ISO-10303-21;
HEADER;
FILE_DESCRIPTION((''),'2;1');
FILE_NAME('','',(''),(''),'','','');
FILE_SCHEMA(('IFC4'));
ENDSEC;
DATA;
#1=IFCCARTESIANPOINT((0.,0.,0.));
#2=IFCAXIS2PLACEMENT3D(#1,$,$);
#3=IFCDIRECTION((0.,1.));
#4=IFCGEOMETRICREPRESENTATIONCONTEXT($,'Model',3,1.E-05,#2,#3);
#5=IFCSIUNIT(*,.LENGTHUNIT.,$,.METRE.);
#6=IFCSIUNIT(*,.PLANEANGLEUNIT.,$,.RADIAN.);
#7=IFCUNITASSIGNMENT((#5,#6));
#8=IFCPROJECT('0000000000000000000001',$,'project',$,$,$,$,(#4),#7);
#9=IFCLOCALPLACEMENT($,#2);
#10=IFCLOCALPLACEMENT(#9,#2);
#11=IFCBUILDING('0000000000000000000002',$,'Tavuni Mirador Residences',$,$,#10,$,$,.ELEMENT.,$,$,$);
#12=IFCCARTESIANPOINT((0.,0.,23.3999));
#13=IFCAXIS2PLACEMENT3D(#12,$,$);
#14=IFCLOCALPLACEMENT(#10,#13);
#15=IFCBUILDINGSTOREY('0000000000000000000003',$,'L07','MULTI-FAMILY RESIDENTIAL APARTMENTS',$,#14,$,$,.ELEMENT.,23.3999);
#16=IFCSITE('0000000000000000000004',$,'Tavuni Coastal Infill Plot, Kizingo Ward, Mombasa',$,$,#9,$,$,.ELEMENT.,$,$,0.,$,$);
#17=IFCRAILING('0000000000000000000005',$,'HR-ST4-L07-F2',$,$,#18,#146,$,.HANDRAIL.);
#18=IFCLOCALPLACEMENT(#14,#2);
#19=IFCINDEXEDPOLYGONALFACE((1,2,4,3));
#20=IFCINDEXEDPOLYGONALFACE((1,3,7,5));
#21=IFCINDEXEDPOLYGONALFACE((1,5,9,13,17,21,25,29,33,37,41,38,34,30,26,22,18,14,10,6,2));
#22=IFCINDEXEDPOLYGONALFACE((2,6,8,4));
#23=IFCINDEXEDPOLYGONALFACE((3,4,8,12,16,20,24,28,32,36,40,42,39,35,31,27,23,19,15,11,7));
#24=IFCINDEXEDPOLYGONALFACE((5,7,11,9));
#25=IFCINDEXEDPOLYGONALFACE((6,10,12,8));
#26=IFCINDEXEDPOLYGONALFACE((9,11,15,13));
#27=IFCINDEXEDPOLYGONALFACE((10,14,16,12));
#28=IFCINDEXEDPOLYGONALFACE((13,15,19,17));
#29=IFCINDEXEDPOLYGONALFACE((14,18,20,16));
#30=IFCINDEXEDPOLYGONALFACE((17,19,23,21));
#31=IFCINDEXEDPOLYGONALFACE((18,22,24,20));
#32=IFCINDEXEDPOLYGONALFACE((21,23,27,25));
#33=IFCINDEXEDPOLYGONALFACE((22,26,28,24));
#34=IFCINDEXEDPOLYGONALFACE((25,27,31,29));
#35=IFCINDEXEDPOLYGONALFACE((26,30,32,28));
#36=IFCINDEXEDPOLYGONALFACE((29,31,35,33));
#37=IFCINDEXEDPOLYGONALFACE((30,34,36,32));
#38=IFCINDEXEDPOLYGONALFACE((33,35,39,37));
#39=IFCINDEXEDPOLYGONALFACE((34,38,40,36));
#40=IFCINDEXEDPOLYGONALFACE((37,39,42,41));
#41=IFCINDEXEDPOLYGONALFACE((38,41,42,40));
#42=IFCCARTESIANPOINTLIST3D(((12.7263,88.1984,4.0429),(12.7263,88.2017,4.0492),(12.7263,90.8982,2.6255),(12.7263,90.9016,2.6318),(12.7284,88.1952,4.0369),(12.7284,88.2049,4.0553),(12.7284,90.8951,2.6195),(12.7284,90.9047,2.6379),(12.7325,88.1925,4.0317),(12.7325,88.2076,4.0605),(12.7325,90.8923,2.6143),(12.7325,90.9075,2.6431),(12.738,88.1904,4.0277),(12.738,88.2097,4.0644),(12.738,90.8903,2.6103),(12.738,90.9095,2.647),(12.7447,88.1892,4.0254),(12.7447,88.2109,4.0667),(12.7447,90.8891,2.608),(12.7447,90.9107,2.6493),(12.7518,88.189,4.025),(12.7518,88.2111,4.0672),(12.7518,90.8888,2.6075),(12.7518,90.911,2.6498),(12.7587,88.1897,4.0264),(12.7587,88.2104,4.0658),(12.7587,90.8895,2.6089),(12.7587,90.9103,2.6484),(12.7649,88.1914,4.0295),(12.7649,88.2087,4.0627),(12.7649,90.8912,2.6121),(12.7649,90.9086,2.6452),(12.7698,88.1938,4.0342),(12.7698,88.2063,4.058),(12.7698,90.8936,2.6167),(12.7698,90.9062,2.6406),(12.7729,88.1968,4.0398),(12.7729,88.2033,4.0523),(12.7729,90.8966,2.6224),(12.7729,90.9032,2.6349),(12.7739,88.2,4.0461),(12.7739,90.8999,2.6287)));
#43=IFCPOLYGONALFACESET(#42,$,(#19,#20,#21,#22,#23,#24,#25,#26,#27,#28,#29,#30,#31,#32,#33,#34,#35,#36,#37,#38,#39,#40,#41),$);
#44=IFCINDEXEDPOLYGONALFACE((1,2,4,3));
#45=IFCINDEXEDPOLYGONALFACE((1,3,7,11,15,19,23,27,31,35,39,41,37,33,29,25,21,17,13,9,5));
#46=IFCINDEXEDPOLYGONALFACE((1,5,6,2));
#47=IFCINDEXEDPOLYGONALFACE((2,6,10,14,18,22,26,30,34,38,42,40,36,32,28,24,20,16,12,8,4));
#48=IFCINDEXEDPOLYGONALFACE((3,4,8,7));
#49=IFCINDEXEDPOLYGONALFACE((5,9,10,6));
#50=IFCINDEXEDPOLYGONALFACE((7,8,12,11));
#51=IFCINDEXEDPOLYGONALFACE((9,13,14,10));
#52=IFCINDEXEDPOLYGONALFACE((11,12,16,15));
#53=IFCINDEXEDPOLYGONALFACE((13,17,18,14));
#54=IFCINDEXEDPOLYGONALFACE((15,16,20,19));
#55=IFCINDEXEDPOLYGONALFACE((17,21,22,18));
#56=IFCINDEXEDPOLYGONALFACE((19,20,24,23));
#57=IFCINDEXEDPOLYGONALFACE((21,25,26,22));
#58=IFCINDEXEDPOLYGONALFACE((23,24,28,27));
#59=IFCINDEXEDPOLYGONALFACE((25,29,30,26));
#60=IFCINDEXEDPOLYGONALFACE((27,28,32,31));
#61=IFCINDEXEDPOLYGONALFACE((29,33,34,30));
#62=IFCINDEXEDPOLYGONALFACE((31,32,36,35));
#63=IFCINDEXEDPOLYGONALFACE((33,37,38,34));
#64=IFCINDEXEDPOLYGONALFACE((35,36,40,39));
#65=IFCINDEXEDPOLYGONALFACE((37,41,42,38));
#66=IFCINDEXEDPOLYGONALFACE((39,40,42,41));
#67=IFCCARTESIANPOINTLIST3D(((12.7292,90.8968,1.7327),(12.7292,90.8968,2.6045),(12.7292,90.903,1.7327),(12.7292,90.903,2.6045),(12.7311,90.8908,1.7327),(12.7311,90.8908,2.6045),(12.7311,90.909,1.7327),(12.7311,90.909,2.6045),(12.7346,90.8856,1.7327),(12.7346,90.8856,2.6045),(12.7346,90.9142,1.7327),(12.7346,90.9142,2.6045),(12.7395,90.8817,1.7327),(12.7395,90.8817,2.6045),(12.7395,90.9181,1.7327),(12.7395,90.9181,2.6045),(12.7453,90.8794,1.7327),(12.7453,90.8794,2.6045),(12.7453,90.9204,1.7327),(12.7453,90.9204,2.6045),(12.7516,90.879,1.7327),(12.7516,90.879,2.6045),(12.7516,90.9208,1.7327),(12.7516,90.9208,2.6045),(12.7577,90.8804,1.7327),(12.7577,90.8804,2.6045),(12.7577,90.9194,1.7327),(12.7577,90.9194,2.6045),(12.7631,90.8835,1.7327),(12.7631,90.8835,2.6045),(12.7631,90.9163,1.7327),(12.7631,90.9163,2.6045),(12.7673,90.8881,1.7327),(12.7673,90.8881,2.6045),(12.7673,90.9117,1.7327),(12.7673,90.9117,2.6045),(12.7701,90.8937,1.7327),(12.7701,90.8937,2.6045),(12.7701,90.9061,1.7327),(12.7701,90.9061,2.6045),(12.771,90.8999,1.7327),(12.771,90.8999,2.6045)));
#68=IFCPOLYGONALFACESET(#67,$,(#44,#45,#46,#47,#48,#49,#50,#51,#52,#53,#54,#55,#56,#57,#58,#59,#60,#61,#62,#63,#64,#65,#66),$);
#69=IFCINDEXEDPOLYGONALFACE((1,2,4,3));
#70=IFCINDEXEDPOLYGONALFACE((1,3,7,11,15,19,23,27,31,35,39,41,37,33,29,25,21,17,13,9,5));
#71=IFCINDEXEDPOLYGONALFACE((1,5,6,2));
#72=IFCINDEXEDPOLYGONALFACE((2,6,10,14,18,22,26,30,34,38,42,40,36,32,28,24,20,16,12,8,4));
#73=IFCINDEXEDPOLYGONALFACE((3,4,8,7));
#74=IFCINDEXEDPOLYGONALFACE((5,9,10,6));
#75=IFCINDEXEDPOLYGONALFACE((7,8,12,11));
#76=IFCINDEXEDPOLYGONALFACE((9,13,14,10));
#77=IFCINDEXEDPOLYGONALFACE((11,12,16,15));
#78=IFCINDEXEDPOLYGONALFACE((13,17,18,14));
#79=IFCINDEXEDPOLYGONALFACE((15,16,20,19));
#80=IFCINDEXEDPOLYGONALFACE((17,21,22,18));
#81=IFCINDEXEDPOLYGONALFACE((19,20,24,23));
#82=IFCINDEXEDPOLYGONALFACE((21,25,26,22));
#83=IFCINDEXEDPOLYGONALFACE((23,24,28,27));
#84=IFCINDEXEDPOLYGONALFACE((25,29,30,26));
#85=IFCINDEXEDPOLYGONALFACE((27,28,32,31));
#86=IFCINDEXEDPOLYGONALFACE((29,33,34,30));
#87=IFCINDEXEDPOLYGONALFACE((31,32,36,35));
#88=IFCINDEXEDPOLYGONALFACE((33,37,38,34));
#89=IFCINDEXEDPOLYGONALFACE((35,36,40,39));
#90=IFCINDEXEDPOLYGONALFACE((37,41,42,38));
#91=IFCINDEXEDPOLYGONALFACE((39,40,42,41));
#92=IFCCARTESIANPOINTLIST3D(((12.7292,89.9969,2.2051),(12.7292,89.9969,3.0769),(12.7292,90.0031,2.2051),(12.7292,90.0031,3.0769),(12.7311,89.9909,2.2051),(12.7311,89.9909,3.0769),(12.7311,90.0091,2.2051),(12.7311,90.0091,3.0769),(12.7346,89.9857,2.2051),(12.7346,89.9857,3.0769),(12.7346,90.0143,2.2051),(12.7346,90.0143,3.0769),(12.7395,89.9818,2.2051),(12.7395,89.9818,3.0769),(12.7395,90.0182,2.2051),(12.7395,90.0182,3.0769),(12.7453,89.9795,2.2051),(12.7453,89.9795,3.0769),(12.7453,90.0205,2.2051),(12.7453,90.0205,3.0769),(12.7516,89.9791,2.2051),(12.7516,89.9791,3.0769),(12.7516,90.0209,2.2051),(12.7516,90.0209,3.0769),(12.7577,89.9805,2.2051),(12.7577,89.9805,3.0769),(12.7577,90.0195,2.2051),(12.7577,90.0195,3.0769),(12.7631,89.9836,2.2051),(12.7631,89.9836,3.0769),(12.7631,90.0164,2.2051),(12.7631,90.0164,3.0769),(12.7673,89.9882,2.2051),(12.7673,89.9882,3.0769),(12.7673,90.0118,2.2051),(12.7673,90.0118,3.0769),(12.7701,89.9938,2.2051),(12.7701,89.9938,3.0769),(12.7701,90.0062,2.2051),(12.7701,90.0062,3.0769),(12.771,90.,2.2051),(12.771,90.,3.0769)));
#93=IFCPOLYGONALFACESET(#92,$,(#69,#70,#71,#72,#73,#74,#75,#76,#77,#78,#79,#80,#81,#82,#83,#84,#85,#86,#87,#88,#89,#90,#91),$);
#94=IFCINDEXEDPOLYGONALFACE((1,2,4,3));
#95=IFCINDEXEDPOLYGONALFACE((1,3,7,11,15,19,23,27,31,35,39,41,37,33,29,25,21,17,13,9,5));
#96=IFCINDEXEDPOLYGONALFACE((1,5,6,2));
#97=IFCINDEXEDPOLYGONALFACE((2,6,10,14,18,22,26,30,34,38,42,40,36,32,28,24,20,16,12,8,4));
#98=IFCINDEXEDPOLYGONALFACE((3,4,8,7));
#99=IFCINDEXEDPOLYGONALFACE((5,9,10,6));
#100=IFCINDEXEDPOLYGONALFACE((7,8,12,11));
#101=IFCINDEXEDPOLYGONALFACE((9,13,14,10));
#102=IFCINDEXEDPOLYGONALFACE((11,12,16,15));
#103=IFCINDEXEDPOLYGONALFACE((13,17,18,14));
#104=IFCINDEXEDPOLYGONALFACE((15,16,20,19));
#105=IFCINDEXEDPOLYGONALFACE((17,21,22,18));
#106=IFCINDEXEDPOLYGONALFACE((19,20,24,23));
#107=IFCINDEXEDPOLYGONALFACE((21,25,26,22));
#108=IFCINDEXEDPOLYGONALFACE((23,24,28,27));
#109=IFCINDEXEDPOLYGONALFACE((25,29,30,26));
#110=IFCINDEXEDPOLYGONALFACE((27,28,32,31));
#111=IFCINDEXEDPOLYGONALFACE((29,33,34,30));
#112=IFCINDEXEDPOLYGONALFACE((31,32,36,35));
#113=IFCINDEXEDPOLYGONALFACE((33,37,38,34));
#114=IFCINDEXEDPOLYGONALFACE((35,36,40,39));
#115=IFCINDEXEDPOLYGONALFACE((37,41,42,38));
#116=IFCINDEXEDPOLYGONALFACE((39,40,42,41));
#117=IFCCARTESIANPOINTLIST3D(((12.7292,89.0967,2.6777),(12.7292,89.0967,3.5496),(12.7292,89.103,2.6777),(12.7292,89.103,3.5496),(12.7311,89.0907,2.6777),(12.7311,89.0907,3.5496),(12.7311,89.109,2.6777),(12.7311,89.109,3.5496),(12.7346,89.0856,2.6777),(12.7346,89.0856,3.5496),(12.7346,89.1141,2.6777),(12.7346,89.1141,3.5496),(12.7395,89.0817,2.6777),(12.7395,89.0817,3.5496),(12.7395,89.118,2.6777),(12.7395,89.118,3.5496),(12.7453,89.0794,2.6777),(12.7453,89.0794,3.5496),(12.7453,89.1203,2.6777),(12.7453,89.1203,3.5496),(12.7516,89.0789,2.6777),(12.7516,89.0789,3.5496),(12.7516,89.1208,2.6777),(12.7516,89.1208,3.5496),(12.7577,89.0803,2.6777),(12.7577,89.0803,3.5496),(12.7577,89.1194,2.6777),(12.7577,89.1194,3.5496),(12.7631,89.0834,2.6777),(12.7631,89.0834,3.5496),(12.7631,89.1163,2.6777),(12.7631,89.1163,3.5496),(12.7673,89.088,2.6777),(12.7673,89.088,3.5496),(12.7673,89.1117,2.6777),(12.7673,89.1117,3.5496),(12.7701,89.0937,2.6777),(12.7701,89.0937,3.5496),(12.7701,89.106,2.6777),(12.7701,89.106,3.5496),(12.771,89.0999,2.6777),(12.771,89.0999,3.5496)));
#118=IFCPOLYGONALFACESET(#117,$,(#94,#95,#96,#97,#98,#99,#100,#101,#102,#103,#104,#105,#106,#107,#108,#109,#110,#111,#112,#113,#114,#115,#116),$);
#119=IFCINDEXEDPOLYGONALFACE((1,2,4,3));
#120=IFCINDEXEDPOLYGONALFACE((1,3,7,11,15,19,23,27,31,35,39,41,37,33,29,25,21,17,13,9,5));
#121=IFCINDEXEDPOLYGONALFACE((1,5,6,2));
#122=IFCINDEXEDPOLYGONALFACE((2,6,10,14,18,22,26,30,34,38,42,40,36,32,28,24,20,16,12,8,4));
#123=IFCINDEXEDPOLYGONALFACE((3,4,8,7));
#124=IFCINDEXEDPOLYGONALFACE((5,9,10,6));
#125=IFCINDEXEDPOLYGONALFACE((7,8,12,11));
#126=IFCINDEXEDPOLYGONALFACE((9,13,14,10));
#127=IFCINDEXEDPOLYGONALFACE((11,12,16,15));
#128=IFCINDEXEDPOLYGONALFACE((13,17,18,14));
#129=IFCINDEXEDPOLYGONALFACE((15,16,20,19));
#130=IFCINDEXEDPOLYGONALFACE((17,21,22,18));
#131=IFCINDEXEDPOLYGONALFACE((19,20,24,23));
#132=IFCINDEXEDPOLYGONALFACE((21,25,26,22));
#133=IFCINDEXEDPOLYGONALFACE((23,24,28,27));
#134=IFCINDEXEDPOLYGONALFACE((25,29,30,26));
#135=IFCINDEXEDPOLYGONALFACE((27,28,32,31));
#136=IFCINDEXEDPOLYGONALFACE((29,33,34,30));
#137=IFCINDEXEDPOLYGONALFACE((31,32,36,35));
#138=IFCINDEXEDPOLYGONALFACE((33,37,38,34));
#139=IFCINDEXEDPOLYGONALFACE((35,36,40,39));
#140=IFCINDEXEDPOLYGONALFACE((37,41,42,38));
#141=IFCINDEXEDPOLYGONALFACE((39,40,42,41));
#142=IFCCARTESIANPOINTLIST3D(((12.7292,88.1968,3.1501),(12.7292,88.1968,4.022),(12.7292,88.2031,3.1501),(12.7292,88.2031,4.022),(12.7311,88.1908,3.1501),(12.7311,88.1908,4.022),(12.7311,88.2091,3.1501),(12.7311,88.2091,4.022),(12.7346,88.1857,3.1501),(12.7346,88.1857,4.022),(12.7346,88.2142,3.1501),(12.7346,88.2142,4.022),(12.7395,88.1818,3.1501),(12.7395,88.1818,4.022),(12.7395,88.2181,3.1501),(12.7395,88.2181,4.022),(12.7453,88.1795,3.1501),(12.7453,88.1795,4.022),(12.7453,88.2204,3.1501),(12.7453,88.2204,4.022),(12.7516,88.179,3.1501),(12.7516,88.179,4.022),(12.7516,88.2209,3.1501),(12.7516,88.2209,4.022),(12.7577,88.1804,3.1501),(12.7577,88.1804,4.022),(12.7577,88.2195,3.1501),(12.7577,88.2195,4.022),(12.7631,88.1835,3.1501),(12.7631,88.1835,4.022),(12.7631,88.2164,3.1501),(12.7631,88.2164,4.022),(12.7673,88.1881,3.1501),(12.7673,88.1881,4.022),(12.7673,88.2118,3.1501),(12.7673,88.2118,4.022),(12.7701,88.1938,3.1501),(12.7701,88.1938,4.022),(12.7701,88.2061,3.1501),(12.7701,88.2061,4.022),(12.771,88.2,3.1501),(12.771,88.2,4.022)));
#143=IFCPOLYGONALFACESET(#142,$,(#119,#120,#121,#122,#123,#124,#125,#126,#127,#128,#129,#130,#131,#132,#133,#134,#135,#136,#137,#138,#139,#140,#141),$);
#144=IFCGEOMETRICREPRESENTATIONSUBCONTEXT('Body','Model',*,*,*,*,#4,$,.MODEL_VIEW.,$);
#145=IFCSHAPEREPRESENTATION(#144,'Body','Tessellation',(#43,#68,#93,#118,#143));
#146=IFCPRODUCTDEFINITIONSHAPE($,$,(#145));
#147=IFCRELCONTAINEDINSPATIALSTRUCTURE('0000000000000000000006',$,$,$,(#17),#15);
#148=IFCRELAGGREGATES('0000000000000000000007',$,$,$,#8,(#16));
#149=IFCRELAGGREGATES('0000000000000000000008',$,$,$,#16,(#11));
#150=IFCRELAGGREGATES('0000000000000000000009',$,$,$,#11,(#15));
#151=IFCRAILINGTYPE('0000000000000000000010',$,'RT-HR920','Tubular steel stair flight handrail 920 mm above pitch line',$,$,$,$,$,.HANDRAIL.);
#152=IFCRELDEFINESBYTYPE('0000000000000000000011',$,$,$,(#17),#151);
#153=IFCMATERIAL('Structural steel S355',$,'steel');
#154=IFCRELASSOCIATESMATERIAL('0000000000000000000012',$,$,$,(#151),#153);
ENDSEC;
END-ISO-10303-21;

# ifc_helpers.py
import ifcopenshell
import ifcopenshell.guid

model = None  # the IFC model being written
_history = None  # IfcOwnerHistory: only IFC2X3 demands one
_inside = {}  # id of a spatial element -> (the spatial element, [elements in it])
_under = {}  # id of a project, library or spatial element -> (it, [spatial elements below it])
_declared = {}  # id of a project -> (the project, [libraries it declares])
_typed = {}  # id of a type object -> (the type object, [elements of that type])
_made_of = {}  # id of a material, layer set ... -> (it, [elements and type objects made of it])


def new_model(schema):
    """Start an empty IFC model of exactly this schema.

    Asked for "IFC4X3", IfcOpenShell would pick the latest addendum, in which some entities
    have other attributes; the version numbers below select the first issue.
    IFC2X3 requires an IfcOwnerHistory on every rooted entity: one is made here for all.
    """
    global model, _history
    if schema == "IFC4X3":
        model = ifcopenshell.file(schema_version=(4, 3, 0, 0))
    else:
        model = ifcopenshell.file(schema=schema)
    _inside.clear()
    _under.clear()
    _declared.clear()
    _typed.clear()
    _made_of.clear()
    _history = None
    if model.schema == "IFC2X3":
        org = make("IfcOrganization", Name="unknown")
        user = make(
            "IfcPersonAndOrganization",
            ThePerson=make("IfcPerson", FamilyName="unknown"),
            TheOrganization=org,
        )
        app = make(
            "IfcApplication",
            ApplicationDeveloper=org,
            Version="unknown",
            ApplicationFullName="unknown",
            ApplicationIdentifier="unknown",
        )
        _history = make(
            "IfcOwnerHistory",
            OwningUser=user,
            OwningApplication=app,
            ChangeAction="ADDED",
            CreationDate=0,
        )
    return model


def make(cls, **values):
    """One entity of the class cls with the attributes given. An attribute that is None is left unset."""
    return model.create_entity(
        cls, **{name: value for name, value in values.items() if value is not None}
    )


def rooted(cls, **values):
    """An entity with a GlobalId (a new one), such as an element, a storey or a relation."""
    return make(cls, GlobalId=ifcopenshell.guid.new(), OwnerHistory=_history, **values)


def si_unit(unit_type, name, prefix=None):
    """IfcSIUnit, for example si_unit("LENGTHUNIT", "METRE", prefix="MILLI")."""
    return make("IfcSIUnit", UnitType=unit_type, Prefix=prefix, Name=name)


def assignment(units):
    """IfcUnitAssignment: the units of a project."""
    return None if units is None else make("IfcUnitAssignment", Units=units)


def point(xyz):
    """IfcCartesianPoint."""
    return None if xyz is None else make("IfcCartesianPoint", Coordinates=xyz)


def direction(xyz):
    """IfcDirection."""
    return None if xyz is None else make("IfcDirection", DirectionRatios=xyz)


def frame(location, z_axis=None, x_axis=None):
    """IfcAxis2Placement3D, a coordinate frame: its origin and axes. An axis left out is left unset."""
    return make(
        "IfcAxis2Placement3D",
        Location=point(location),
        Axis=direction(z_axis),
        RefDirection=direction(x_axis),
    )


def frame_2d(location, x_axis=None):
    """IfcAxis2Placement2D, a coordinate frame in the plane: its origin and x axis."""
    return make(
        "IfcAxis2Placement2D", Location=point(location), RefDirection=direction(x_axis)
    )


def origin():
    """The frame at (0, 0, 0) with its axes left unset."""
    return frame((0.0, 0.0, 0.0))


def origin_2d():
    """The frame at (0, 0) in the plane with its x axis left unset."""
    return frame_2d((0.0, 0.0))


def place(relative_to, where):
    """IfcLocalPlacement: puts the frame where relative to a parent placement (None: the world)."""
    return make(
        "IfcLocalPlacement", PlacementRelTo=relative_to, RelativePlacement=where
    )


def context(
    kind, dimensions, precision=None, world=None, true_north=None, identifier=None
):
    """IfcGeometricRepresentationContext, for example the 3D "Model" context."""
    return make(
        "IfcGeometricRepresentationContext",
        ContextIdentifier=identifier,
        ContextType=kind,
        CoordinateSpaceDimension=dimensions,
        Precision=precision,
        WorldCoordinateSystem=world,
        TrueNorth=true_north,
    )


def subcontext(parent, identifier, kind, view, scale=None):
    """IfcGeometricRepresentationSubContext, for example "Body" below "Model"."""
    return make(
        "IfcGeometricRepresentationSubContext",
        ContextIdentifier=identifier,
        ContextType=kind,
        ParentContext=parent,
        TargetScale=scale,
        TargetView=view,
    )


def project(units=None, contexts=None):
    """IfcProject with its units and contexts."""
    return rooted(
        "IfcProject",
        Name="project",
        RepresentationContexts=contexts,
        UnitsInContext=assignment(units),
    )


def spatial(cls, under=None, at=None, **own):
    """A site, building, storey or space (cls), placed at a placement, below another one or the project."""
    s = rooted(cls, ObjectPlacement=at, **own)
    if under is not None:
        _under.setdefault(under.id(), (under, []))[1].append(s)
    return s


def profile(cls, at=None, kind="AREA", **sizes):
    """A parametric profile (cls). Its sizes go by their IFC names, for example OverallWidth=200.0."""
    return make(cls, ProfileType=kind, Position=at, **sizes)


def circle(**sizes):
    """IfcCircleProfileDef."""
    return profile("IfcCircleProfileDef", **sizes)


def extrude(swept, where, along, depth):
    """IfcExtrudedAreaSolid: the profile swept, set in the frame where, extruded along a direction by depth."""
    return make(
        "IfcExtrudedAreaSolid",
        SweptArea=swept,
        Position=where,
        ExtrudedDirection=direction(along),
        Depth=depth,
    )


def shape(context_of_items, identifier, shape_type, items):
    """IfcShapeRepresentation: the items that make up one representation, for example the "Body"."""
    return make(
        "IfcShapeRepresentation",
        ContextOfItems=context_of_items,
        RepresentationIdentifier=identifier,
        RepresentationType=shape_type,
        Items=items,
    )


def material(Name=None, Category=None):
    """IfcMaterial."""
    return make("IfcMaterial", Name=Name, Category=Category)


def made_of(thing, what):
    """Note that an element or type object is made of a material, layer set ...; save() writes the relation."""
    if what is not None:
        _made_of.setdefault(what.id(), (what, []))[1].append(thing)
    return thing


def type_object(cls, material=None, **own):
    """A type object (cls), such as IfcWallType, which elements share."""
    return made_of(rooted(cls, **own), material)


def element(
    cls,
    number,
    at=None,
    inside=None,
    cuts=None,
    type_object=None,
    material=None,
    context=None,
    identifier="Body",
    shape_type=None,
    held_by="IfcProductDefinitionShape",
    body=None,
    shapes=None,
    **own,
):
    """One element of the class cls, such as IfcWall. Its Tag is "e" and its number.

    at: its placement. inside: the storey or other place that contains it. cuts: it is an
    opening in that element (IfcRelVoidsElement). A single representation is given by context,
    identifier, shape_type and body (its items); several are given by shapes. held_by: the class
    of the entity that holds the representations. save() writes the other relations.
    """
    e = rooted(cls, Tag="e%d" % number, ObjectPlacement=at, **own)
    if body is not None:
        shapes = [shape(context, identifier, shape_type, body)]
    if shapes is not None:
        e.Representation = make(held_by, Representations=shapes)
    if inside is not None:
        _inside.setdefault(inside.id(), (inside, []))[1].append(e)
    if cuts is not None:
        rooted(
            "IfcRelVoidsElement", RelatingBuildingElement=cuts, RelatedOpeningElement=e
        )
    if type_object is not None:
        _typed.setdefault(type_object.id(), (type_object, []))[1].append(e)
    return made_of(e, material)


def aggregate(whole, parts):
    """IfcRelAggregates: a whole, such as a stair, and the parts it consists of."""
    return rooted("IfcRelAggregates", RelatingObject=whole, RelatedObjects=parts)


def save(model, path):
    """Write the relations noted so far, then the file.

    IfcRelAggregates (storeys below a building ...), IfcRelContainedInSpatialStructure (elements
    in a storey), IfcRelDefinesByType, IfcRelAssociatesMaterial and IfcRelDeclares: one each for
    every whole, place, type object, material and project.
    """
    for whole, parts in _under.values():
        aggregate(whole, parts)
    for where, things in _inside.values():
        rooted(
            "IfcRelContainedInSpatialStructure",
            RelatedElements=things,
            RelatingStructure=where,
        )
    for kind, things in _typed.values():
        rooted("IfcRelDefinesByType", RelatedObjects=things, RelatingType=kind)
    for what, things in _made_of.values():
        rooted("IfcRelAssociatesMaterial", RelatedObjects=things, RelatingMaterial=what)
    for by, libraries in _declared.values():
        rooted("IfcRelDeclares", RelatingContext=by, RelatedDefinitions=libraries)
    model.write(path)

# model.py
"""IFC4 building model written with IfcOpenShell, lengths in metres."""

from ifc_helpers import new_model, si_unit, direction, frame, origin, origin_2d, place, context, subcontext, project, spatial, circle, extrude, material, type_object, element, save


model = new_model("IFC4")

# Units and contexts
model_context = context("Model", 3, precision=1e-05, world=origin(), true_north=direction((0.0, 1.0)))
body_context = subcontext(model_context, "Body", "Model", "MODEL_VIEW")
ifc_project = project(units=[si_unit("LENGTHUNIT", "METRE"), si_unit("PLANEANGLEUNIT", "RADIAN")], contexts=[model_context])

# Site, building, storey
site_placement = place(None, origin())
site = spatial("IfcSite", under=ifc_project, at=site_placement, Name="Tavuni Coastal Infill Plot, Kizingo Ward, Mombasa", CompositionType="ELEMENT", RefElevation=0.0)
building_placement = place(site_placement, origin())
building = spatial("IfcBuilding", under=site, at=building_placement, Name="Tavuni Mirador Residences", CompositionType="ELEMENT")
storey_placement = place(building_placement, frame((0.0, 0.0, 23.3999)))
storey = spatial("IfcBuildingStorey", under=building, at=storey_placement, Name="L07", Description="MULTI-FAMILY RESIDENTIAL APARTMENTS", CompositionType="ELEMENT", Elevation=23.3999)

# Shared definitions
ifc_material_1 = material(Name="Structural steel S355", Category="steel")

# Railing
railing_type_1 = type_object("IfcRailingType", Name="RT-HR920", Description="Tubular steel stair flight handrail 920 mm above pitch line", PredefinedType="HANDRAIL", material=ifc_material_1)
railing_1_placement = place(storey_placement, frame((12.75, 90.8999, 1.7327)))
element("IfcRailing", 1, at=railing_1_placement, inside=storey, type_object=railing_type_1, Name="HR-ST4-L07-F2", PredefinedType="HANDRAIL", context=body_context, shape_type="SweptSolid", body=[
    extrude(circle(Radius=0.0239, at=origin_2d()), frame((0.0, 0.0, 0.896), z_axis=(0.0, -0.885397, 0.464835), x_axis=(1.0, 0.0, 0.0)), (0.0, 0.0, 1.0), 3.0493),
    extrude(circle(Radius=0.021, at=origin_2d()), origin(), (0.0, 0.0, 1.0), 0.8718),
    extrude(circle(Radius=0.021, at=origin_2d()), frame((0.0, -0.8999, 0.4724)), (0.0, 0.0, 1.0), 0.8718),
    extrude(circle(Radius=0.021, at=origin_2d()), frame((0.0, -1.8, 0.9451)), (0.0, 0.0, 1.0), 0.8718),
    extrude(circle(Radius=0.021, at=origin_2d()), frame((0.0, -2.7, 1.4175)), (0.0, 0.0, 1.0), 0.8718),
])

save(model, "model.ifc")
